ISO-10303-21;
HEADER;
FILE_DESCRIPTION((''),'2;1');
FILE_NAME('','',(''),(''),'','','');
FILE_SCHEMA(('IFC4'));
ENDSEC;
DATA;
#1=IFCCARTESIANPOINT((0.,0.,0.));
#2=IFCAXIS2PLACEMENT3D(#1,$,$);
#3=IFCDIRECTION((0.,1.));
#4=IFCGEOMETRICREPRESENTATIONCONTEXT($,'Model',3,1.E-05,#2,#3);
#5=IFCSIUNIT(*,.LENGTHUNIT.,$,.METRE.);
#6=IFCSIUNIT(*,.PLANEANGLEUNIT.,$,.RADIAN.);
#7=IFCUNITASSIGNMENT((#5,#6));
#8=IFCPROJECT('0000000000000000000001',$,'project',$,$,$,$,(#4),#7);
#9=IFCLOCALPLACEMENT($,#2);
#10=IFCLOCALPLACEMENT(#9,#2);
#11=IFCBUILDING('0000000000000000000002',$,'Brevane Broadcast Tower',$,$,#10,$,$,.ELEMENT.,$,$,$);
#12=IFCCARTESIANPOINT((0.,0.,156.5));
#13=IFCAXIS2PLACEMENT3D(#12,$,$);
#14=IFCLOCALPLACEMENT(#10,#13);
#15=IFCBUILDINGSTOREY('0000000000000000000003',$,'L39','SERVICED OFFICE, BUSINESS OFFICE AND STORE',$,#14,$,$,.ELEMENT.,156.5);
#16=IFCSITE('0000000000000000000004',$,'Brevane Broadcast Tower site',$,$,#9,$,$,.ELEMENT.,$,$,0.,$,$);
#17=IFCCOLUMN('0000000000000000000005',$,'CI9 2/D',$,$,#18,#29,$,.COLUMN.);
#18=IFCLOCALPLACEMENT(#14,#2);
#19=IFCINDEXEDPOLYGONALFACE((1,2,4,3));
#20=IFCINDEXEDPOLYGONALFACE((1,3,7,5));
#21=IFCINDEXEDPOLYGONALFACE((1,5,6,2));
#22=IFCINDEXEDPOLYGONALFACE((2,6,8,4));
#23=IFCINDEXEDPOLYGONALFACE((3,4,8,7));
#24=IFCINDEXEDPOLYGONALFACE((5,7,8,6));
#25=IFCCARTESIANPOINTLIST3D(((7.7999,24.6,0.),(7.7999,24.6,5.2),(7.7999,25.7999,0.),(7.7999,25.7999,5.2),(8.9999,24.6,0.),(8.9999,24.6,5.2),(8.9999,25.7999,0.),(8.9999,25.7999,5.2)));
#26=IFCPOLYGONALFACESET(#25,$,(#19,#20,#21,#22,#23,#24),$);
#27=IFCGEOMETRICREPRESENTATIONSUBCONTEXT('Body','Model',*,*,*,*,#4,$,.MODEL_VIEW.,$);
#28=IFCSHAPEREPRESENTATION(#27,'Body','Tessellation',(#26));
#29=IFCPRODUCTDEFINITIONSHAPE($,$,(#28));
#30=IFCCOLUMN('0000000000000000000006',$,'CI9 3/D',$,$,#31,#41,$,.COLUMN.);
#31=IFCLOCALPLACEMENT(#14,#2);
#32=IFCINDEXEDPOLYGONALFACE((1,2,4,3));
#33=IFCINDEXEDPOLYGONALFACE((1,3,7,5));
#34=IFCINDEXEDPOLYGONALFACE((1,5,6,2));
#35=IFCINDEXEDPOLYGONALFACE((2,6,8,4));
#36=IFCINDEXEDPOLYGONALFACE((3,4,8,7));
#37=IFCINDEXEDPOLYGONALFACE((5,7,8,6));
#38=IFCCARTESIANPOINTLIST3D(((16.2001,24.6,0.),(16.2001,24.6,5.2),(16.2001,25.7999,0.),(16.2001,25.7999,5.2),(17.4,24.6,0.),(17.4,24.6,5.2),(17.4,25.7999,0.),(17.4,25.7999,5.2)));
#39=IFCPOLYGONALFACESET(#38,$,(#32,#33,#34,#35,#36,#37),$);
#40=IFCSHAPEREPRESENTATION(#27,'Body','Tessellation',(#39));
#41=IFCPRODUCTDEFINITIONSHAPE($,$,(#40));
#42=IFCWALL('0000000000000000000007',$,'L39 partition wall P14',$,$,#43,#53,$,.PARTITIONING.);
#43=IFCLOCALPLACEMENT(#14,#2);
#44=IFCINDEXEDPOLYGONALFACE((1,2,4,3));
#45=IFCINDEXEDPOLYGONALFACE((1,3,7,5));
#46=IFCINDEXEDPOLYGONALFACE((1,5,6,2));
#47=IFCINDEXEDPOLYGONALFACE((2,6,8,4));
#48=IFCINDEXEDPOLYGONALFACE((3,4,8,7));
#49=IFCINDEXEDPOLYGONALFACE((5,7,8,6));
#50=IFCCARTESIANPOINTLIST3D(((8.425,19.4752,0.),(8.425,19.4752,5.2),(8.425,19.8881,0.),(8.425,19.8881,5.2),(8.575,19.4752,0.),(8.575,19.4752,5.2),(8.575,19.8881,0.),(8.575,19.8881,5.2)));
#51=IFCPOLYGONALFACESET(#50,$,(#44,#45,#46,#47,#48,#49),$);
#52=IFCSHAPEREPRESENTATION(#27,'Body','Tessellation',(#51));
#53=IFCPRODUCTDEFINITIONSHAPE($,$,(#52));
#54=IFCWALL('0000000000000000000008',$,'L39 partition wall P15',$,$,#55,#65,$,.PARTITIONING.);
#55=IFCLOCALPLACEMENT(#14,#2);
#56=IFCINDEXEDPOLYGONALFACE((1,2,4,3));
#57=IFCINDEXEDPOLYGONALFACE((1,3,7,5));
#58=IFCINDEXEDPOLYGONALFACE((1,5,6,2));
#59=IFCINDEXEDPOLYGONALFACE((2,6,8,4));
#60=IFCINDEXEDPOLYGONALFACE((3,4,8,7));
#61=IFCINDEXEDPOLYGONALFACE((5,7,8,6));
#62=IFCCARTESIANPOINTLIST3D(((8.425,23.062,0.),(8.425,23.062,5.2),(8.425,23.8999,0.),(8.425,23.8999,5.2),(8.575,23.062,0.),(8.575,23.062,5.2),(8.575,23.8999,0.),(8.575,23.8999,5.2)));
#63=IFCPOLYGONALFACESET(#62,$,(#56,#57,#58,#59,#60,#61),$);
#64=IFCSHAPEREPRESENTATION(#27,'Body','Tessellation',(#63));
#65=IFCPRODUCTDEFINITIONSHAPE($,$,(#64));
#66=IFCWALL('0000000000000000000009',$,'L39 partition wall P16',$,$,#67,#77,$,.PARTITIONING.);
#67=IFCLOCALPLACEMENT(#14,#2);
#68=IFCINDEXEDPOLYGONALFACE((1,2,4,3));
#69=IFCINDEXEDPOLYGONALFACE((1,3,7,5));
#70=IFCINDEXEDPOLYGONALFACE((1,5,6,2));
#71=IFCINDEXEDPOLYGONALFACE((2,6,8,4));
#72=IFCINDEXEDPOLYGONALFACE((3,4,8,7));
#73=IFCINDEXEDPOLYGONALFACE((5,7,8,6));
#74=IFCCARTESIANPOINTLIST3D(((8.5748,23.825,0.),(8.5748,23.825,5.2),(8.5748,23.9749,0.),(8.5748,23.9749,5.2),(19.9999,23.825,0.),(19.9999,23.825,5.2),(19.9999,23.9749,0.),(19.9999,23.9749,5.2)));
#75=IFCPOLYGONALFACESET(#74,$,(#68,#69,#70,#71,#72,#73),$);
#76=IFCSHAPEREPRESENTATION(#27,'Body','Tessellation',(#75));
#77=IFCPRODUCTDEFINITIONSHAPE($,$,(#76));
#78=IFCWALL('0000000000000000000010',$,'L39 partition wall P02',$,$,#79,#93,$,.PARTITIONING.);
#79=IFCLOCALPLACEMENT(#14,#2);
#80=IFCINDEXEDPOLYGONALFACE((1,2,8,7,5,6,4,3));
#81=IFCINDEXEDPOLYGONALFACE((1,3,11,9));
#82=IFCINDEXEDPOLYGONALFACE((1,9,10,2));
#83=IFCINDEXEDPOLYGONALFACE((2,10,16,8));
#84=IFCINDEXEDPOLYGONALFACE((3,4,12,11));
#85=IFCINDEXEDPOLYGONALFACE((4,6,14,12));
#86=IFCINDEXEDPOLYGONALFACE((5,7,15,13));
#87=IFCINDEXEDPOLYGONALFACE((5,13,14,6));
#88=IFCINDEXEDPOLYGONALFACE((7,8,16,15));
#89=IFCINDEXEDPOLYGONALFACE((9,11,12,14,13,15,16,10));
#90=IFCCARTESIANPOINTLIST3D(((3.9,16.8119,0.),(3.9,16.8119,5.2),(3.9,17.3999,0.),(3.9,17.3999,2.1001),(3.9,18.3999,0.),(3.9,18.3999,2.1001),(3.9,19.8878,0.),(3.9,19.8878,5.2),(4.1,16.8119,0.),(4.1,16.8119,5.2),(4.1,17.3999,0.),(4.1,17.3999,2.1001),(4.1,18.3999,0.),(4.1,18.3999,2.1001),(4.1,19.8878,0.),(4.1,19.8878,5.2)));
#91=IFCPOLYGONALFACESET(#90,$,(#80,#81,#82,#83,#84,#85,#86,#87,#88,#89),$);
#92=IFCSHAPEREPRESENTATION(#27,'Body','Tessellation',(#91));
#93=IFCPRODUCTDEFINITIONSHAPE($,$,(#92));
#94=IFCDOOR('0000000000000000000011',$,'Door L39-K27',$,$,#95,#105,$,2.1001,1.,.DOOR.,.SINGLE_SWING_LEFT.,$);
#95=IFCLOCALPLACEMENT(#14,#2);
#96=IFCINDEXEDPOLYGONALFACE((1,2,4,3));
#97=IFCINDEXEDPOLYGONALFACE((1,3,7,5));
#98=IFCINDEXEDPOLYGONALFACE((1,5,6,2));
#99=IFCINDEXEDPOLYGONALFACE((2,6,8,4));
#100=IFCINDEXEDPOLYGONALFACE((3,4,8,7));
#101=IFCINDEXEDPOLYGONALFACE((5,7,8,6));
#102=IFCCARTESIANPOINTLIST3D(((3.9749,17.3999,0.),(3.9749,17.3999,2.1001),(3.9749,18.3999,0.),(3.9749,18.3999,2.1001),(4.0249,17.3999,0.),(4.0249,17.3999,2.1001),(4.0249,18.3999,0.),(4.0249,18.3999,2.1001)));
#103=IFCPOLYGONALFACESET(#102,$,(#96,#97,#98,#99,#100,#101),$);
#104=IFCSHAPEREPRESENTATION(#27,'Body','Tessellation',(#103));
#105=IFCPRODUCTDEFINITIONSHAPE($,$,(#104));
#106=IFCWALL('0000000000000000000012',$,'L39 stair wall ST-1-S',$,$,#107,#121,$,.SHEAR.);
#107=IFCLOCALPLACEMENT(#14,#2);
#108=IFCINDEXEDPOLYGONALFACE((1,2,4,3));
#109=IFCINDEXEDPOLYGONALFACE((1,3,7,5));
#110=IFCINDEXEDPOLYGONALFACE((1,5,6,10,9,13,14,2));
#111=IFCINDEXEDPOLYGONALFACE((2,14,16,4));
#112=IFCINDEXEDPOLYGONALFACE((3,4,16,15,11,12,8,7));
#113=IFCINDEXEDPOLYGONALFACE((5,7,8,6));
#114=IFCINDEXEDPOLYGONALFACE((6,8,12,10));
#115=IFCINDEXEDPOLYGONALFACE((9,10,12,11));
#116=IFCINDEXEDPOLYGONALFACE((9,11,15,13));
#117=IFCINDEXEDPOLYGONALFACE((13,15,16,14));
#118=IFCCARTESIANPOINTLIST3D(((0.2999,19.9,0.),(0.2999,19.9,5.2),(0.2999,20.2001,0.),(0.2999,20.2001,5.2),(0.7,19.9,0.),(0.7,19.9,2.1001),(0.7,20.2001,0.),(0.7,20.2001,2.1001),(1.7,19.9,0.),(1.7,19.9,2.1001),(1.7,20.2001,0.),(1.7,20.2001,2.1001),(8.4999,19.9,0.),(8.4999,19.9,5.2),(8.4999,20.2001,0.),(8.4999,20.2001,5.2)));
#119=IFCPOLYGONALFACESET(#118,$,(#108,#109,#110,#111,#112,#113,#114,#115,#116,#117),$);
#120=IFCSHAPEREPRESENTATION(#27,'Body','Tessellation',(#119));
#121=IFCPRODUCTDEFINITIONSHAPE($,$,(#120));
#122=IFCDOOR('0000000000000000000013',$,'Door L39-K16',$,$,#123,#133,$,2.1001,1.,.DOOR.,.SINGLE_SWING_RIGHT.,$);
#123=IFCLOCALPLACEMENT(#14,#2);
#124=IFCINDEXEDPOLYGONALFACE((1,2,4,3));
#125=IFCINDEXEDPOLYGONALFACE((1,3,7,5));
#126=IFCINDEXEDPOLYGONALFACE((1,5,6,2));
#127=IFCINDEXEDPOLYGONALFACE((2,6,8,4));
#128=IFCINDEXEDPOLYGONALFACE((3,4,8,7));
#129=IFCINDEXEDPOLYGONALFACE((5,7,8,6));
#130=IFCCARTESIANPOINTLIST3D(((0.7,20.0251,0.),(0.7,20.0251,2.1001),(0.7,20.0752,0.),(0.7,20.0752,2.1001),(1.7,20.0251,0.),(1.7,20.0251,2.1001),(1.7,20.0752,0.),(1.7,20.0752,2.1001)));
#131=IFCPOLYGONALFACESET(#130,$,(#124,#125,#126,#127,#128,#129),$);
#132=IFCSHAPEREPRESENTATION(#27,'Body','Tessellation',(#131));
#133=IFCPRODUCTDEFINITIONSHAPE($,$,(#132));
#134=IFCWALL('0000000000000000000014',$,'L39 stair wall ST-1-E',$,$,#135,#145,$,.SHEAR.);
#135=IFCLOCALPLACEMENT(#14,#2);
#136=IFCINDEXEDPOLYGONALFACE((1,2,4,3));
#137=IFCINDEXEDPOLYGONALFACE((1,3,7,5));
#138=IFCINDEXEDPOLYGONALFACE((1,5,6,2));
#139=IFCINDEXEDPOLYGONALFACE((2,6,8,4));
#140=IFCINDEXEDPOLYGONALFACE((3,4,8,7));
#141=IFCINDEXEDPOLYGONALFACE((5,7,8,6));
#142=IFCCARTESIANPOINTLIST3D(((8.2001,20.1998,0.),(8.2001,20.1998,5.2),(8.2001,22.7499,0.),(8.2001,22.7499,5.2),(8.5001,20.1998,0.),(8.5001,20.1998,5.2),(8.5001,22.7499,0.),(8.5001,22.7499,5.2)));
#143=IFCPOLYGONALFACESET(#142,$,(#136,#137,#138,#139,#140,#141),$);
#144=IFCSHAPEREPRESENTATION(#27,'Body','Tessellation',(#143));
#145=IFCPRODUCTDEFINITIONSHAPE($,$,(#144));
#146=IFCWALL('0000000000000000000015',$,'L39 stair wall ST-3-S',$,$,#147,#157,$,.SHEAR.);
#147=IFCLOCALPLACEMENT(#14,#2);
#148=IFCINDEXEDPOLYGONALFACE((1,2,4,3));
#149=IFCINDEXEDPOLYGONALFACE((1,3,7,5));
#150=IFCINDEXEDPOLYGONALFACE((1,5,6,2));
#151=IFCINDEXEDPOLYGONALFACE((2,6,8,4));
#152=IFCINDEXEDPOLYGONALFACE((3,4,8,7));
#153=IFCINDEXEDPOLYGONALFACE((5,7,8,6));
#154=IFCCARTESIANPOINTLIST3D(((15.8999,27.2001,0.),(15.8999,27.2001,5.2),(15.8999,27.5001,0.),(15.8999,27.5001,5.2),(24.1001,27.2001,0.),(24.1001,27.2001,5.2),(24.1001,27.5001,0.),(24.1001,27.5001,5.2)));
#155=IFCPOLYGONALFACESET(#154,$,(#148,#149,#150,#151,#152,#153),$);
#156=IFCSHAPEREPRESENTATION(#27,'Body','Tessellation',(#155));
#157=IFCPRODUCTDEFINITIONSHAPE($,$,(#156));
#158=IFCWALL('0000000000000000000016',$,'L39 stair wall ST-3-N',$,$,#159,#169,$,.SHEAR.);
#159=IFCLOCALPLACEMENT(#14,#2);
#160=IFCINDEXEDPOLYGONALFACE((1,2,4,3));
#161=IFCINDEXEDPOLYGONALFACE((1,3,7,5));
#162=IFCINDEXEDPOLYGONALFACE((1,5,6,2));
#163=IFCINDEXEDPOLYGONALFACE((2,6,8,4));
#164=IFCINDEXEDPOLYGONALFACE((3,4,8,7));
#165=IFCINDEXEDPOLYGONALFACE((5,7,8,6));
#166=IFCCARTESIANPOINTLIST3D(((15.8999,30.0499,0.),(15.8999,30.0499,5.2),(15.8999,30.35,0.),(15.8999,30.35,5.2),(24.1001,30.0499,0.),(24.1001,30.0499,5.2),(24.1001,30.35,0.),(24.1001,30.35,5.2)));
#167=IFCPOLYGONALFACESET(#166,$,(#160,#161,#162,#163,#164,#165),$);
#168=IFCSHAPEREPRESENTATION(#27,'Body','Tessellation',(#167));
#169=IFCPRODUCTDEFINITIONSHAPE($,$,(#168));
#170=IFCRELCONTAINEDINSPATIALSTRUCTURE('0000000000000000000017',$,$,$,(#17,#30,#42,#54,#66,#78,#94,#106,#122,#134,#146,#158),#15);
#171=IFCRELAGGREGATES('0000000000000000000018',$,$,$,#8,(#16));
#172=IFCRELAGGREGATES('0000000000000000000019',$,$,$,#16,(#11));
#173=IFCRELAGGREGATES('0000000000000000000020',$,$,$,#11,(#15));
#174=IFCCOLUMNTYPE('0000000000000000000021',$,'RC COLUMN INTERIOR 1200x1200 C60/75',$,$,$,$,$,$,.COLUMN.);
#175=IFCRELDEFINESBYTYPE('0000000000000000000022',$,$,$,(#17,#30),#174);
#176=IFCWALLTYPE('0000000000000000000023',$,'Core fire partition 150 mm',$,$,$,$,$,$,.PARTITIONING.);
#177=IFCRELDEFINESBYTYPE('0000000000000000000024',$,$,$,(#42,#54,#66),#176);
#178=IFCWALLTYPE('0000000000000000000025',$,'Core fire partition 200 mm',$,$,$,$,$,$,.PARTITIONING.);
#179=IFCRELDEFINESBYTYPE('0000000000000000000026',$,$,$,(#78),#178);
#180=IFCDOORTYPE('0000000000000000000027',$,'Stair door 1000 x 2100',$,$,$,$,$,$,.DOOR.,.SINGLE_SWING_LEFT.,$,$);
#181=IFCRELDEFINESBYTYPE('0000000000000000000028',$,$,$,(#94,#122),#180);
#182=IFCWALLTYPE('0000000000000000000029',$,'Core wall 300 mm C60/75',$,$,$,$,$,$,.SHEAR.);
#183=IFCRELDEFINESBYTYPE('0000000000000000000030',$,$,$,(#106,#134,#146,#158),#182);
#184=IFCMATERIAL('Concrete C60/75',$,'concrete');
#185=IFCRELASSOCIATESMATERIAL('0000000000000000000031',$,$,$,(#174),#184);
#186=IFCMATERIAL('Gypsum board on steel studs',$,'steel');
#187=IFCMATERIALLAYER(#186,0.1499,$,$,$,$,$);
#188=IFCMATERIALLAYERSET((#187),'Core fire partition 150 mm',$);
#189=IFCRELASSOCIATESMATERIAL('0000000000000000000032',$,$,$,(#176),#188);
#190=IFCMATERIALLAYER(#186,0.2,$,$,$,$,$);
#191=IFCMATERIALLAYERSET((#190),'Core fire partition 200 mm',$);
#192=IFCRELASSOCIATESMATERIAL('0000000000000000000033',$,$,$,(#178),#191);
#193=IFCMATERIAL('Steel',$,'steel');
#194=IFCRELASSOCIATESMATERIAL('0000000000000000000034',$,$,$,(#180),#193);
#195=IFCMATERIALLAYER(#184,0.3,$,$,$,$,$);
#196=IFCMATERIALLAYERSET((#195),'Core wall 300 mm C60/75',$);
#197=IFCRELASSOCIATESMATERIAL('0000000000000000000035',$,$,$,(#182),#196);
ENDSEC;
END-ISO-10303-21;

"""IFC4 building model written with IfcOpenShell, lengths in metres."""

from ifc_helpers import new_model, si_unit, direction, frame, frame_2d, origin, origin_2d, place, context, subcontext, project, spatial, rectangle, extrude, material, layer, layer_set, material_profile, profile_set, type_object, element, fill, save


model = new_model("IFC4")

# Units and contexts
model_context = context("Model", 3, precision=1e-05, world=origin(), true_north=direction((0.0, 1.0)))
body_context = subcontext(model_context, "Body", "Model", "MODEL_VIEW")
ifc_project = project(units=[si_unit("LENGTHUNIT", "METRE"), si_unit("PLANEANGLEUNIT", "RADIAN")], contexts=[model_context])

# Site, building, storey
site_placement = place(None, origin())
site = spatial("IfcSite", under=ifc_project, at=site_placement, Name="Brevane Broadcast Tower site", CompositionType="ELEMENT", RefElevation=0.0)
building_placement = place(site_placement, origin())
building = spatial("IfcBuilding", under=site, at=building_placement, Name="Brevane Broadcast Tower", CompositionType="ELEMENT")
storey_placement = place(building_placement, frame((0.0, 0.0, 156.5)))
storey = spatial("IfcBuildingStorey", under=building, at=storey_placement, Name="L39", Description="SERVICED OFFICE, BUSINESS OFFICE AND STORE", CompositionType="ELEMENT", Elevation=156.5)

# Columns
ifc_material_1 = material(Name="Concrete C60/75", Category="concrete")
ifc_material_profile = material_profile(ifc_material_1, rectangle(XDim=1.2, YDim=1.2, at=origin_2d()), Name="RC 1200x1200")
ifc_profile_set = profile_set([ifc_material_profile], Name="Concrete C60/75")
column_type = type_object("IfcColumnType", Name="RC COLUMN INTERIOR 1200x1200 C60/75", PredefinedType="COLUMN", material=ifc_profile_set)
for number, where, z_axis, x_axis, name in (
    (1, (8.3999, 25.2, 0.0), (0.0, 0.0, 1.0), (1.0, 0.0, 0.0), "CI9 2/D"),
    (2, (16.8, 25.2, 0.0), (0.0, 0.0, 1.0), (1.0, 0.0, 0.0), "CI9 3/D"),
):
    element("IfcColumn", number, at=place(storey_placement, frame(where, z_axis=z_axis, x_axis=x_axis)), inside=storey, type_object=column_type, Name=name, PredefinedType="COLUMN", context=body_context, shape_type="SweptSolid", body=[
        extrude(rectangle(XDim=1.2, YDim=1.2, at=origin_2d()), origin(), (0.0, 0.0, 1.0), 5.2),
    ])

# Walls
ifc_material_2 = material(Name="Gypsum board on steel studs", Category="steel")
ifc_layer_1 = layer(ifc_material_2, 0.1499)
ifc_layer_set_1 = layer_set([ifc_layer_1], Name="Core fire partition 150 mm")
wall_type_1 = type_object("IfcWallType", Name="Core fire partition 150 mm", PredefinedType="PARTITIONING", material=ifc_layer_set_1)
wall_1_placement = place(storey_placement, frame((8.5, 19.4751, 0.0), z_axis=(0.0, 0.0, 1.0), x_axis=(0.0, 1.0, 0.0)))
element("IfcWall", 3, at=wall_1_placement, inside=storey, type_object=wall_type_1, Name="L39 partition wall P14", PredefinedType="PARTITIONING", context=body_context, shape_type="SweptSolid", body=[
    extrude(rectangle(XDim=0.4128, YDim=0.1499, at=frame_2d((0.2065, 0.0))), origin(), (0.0, 0.0, 1.0), 5.2),
])
wall_2_placement = place(storey_placement, frame((8.5, 23.062, 0.0), z_axis=(0.0, 0.0, 1.0), x_axis=(0.0, 1.0, 0.0)))
element("IfcWall", 4, at=wall_2_placement, inside=storey, type_object=wall_type_1, Name="L39 partition wall P15", PredefinedType="PARTITIONING", context=body_context, shape_type="SweptSolid", body=[
    extrude(rectangle(XDim=0.8379, YDim=0.1499, at=frame_2d((0.4189, 0.0))), origin(), (0.0, 0.0, 1.0), 5.2),
])
wall_3_placement = place(storey_placement, frame((8.575, 23.8999, 0.0), z_axis=(0.0, 0.0, 1.0), x_axis=(1.0, 0.0, 0.0)))
element("IfcWall", 5, at=wall_3_placement, inside=storey, type_object=wall_type_1, Name="L39 partition wall P16", PredefinedType="PARTITIONING", context=body_context, shape_type="SweptSolid", body=[
    extrude(rectangle(XDim=11.425, YDim=0.1499, at=frame_2d((5.7124, 0.0))), origin(), (0.0, 0.0, 1.0), 5.2),
])

# Walls, openings, doors
ifc_layer_2 = layer(ifc_material_2, 0.2)
ifc_layer_set_2 = layer_set([ifc_layer_2], Name="Core fire partition 200 mm")
wall_type_2 = type_object("IfcWallType", Name="Core fire partition 200 mm", PredefinedType="PARTITIONING", material=ifc_layer_set_2)
wall_4_placement = place(storey_placement, frame((4.0, 19.8879, 0.0), z_axis=(0.0, 0.0, 1.0), x_axis=(0.0, -1.0, 0.0)))
wall_4 = element("IfcWall", 6, at=wall_4_placement, inside=storey, type_object=wall_type_2, Name="L39 partition wall P02", PredefinedType="PARTITIONING", context=body_context, shape_type="SweptSolid", body=[
    extrude(rectangle(XDim=3.0759, YDim=0.2, at=frame_2d((1.5381, 0.0))), origin(), (0.0, 0.0, 1.0), 5.2),
])
opening_1_placement = place(wall_4_placement, frame((1.488, 0.0, 0.0)))
opening_1 = element("IfcOpeningElement", 7, at=opening_1_placement, cuts=wall_4, PredefinedType="OPENING", context=body_context, shape_type="SweptSolid", body=[
    extrude(rectangle(XDim=1.0, YDim=2.1001, at=frame_2d((0.5, 1.05))), frame((0.0, 0.1099, 0.0), z_axis=(0.0, -1.0, 0.0), x_axis=(1.0, 0.0, 0.0)), (0.0, 0.0, 1.0), 0.22),
])
ifc_material_3 = material(Name="Steel", Category="steel")
door_type_1 = type_object("IfcDoorType", Name="Stair door 1000 x 2100", OperationType="SINGLE_SWING_LEFT", PredefinedType="DOOR", material=ifc_material_3)
door_1_placement = place(opening_1_placement, origin())
door_1 = element("IfcDoor", 8, at=door_1_placement, inside=storey, type_object=door_type_1, Name="Door L39-K27", OperationType="SINGLE_SWING_LEFT", OverallHeight=2.1001, OverallWidth=1.0, PredefinedType="DOOR", context=body_context, shape_type="SweptSolid", body=[
    extrude(rectangle(XDim=1.0, YDim=2.1001, at=frame_2d((0.5, 1.05))), frame((0.0, 0.0249, 0.0), z_axis=(0.0, -1.0, 0.0), x_axis=(1.0, 0.0, 0.0)), (0.0, 0.0, 1.0), 0.05),
])
fill(opening_1, door_1)
ifc_layer_3 = layer(ifc_material_1, 0.3)
ifc_layer_set_3 = layer_set([ifc_layer_3], Name="Core wall 300 mm C60/75")
wall_type_3 = type_object("IfcWallType", Name="Core wall 300 mm C60/75", PredefinedType="SHEAR", material=ifc_layer_set_3)
wall_5_placement = place(storey_placement, frame((8.5, 20.05, 0.0), z_axis=(0.0, 0.0, 1.0), x_axis=(-1.0, 0.0, 0.0)))
wall_5 = element("IfcWall", 9, at=wall_5_placement, inside=storey, type_object=wall_type_3, Name="L39 stair wall ST-1-S", PredefinedType="SHEAR", context=body_context, shape_type="SweptSolid", body=[
    extrude(rectangle(XDim=8.2, YDim=0.3, at=frame_2d((4.1001, 0.0))), origin(), (0.0, 0.0, 1.0), 5.2),
])
opening_2_placement = place(wall_5_placement, frame((6.8, 0.0, 0.0)))
opening_2 = element("IfcOpeningElement", 10, at=opening_2_placement, cuts=wall_5, PredefinedType="OPENING", context=body_context, shape_type="SweptSolid", body=[
    extrude(rectangle(XDim=1.0, YDim=2.1001, at=frame_2d((0.5, 1.05))), frame((0.0, 0.1599, 0.0), z_axis=(0.0, -1.0, 0.0), x_axis=(1.0, 0.0, 0.0)), (0.0, 0.0, 1.0), 0.3201),
])
door_2_placement = place(opening_2_placement, origin())
door_2 = element("IfcDoor", 11, at=door_2_placement, inside=storey, type_object=door_type_1, Name="Door L39-K16", OperationType="SINGLE_SWING_RIGHT", OverallHeight=2.1001, OverallWidth=1.0, PredefinedType="DOOR", context=body_context, shape_type="SweptSolid", body=[
    extrude(rectangle(XDim=1.0, YDim=2.1001, at=frame_2d((0.5, 1.05))), frame((0.0, 0.0249, 0.0), z_axis=(0.0, -1.0, 0.0), x_axis=(1.0, 0.0, 0.0)), (0.0, 0.0, 1.0), 0.05),
])
fill(opening_2, door_2)

# Walls
wall_6_placement = place(storey_placement, frame((8.3501, 20.2, 0.0), z_axis=(0.0, 0.0, 1.0), x_axis=(0.0, 1.0, 0.0)))
element("IfcWall", 12, at=wall_6_placement, inside=storey, type_object=wall_type_3, Name="L39 stair wall ST-1-E", PredefinedType="SHEAR", context=body_context, shape_type="SweptSolid", body=[
    extrude(rectangle(XDim=2.55, YDim=0.3, at=frame_2d((1.2749, 0.0))), origin(), (0.0, 0.0, 1.0), 5.2),
])
for number, where, z_axis, x_axis, name in (
    (13, (15.8999, 27.3501, 0.0), (0.0, 0.0, 1.0), (1.0, 0.0, 0.0), "L39 stair wall ST-3-S"),
    (14, (15.8999, 30.2, 0.0), (0.0, 0.0, 1.0), (1.0, 0.0, 0.0), "L39 stair wall ST-3-N"),
):
    element("IfcWall", number, at=place(storey_placement, frame(where, z_axis=z_axis, x_axis=x_axis)), inside=storey, type_object=wall_type_3, Name=name, PredefinedType="SHEAR", context=body_context, shape_type="SweptSolid", body=[
        extrude(rectangle(XDim=8.2002, YDim=0.3, at=frame_2d((4.1001, 0.0))), origin(), (0.0, 0.0, 1.0), 5.2),
    ])

save(model, "model.ifc")
